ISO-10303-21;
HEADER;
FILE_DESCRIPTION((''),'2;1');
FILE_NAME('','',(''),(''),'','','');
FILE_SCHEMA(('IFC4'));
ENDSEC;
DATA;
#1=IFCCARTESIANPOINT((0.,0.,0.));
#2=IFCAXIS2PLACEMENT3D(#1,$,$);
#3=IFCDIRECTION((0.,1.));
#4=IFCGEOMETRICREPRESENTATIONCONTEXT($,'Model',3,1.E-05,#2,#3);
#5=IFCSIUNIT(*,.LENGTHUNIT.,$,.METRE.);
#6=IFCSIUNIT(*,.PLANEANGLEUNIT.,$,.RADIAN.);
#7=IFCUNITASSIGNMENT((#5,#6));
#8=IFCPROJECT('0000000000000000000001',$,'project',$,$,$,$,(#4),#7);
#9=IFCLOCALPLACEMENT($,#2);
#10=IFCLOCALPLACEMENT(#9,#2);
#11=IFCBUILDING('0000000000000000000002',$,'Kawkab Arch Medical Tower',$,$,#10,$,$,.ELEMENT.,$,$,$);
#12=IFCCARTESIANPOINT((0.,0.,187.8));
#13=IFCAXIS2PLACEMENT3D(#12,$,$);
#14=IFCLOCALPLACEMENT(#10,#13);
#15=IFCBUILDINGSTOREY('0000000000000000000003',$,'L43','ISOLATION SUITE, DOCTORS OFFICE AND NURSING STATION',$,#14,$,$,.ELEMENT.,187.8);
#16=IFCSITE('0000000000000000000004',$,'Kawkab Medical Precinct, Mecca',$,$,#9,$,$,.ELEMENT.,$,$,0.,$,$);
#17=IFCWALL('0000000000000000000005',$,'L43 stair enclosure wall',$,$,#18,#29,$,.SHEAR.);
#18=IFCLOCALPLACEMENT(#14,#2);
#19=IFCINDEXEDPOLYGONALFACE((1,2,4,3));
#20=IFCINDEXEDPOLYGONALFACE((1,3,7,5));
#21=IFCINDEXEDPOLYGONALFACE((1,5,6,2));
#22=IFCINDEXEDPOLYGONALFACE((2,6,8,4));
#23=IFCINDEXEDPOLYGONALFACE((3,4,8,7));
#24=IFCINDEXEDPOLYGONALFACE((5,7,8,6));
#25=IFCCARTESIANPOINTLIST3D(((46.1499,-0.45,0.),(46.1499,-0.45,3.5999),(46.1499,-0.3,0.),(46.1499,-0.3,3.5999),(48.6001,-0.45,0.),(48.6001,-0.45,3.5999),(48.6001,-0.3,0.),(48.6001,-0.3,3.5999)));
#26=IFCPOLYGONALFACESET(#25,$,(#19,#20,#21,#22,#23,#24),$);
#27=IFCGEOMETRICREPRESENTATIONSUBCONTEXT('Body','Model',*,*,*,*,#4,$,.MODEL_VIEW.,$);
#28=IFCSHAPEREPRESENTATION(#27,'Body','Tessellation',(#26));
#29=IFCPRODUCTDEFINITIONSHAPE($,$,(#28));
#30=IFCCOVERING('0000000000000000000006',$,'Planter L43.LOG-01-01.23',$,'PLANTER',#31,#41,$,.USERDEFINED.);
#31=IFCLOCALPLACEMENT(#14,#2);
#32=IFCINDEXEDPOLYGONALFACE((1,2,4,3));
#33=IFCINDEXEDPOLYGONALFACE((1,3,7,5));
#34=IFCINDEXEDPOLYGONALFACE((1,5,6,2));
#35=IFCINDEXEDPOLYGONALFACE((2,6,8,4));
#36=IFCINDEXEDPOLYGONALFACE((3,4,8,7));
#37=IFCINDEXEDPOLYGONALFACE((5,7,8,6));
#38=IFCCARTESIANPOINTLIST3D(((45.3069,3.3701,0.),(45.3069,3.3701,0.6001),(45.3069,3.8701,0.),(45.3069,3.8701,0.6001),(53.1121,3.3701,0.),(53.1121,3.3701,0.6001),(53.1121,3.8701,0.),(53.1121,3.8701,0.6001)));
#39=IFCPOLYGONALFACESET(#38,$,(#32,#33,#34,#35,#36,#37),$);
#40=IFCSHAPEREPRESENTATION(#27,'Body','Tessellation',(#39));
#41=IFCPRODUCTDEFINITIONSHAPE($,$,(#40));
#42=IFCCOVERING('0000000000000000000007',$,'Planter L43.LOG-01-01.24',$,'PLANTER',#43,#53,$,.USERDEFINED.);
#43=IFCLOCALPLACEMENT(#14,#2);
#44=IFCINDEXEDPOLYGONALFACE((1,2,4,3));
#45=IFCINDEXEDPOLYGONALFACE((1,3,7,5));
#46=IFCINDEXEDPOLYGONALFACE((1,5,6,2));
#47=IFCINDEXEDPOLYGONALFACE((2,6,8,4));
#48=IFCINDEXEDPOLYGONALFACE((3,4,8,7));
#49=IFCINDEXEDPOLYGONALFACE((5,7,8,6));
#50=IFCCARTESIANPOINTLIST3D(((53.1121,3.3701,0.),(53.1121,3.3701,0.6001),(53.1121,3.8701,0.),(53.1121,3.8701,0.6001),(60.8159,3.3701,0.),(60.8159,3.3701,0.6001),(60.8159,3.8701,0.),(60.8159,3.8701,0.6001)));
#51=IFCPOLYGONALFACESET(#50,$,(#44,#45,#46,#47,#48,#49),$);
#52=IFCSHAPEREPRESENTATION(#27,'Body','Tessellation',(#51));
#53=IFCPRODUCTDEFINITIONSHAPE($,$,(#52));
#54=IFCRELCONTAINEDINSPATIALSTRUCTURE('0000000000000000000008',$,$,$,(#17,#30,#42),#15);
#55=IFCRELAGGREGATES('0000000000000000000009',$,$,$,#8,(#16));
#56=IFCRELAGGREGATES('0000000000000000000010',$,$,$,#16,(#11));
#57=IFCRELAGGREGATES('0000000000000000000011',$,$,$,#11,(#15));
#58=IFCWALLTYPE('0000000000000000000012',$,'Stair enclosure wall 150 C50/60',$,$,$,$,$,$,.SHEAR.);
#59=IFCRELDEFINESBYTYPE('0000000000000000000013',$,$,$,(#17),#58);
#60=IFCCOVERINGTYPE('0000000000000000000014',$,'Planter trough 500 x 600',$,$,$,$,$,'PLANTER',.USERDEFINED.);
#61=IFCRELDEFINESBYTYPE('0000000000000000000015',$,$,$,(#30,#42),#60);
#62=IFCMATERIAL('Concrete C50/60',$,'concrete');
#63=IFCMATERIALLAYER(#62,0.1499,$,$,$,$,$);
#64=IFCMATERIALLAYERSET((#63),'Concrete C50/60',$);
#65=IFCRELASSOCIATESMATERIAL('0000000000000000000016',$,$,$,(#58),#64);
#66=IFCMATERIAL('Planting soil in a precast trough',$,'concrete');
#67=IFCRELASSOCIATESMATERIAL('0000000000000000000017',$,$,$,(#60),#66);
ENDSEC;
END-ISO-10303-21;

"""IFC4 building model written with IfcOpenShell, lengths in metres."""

from ifc_helpers import new_model, si_unit, direction, frame, frame_2d, origin, origin_2d, place, context, subcontext, project, spatial, rectangle, extrude, material, layer, layer_set, material_profile, profile_set, type_object, element, save


model = new_model("IFC4")

# Units and contexts
model_context = context("Model", 3, precision=1e-05, world=origin(), true_north=direction((0.0, 1.0)))
body_context = subcontext(model_context, "Body", "Model", "MODEL_VIEW")
ifc_project = project(units=[si_unit("LENGTHUNIT", "METRE"), si_unit("PLANEANGLEUNIT", "RADIAN")], contexts=[model_context])

# Site, building, storey
site_placement = place(None, origin())
site = spatial("IfcSite", under=ifc_project, at=site_placement, Name="Kawkab Medical Precinct, Mecca", CompositionType="ELEMENT", RefElevation=0.0)
building_placement = place(site_placement, origin())
building = spatial("IfcBuilding", under=site, at=building_placement, Name="Kawkab Arch Medical Tower", CompositionType="ELEMENT")
storey_placement = place(building_placement, frame((0.0, 0.0, 187.8)))
storey = spatial("IfcBuildingStorey", under=building, at=storey_placement, Name="L43", Description="ISOLATION SUITE, DOCTORS OFFICE AND NURSING STATION", CompositionType="ELEMENT", Elevation=187.8)

# Wall
ifc_material_1 = material(Name="Concrete C50/60", Category="concrete")
ifc_layer_1 = layer(ifc_material_1, 0.1499)
ifc_layer_set_1 = layer_set([ifc_layer_1], Name="Concrete C50/60")
wall_type_1 = type_object("IfcWallType", Name="Stair enclosure wall 150 C50/60", PredefinedType="SHEAR", material=ifc_layer_set_1)
wall_1_placement = place(storey_placement, frame((46.1499, -0.375, 0.0), z_axis=(0.0, 0.0, 1.0), x_axis=(1.0, 0.0, 0.0)))
element("IfcWall", 1, at=wall_1_placement, inside=storey, type_object=wall_type_1, Name="L43 stair enclosure wall", PredefinedType="SHEAR", context=body_context, shape_type="SweptSolid", body=[
    extrude(rectangle(XDim=2.4502, YDim=0.1499, at=frame_2d((1.2251, 0.0))), origin(), (0.0, 0.0, 1.0), 3.5999),
])

# Coverings
ifc_material_2 = material(Name="Planting soil in a precast trough", Category="concrete")
ifc_material_profile_1 = material_profile(ifc_material_2, rectangle(XDim=0.5, YDim=0.6001, at=origin_2d()), Name="Trough 500x600")
ifc_profile_set_1 = profile_set([ifc_material_profile_1], Name="Planting soil in a precast trough")
covering_type = type_object("IfcCoveringType", Name="Planter trough 500 x 600", ElementType="PLANTER", PredefinedType="USERDEFINED", material=ifc_profile_set_1)
covering_1_placement = place(storey_placement, frame((45.3069, 3.6201, 0.3), z_axis=(1.0, 0.0, 0.0), x_axis=(0.0, 1.0, 0.0)))
element("IfcCovering", 2, at=covering_1_placement, inside=storey, type_object=covering_type, Name="Planter L43.LOG-01-01.23", ObjectType="PLANTER", PredefinedType="USERDEFINED", context=body_context, shape_type="SweptSolid", body=[
    extrude(rectangle(XDim=0.5, YDim=0.6001, at=origin_2d()), origin(), (0.0, 0.0, 1.0), 7.8052),
])
covering_2_placement = place(storey_placement, frame((53.1121, 3.6201, 0.3), z_axis=(1.0, 0.0, 0.0), x_axis=(0.0, 1.0, 0.0)))
element("IfcCovering", 3, at=covering_2_placement, inside=storey, type_object=covering_type, Name="Planter L43.LOG-01-01.24", ObjectType="PLANTER", PredefinedType="USERDEFINED", context=body_context, shape_type="SweptSolid", body=[
    extrude(rectangle(XDim=0.5, YDim=0.6001, at=origin_2d()), origin(), (0.0, 0.0, 1.0), 7.7039),
])

save(model, "model.ifc")
